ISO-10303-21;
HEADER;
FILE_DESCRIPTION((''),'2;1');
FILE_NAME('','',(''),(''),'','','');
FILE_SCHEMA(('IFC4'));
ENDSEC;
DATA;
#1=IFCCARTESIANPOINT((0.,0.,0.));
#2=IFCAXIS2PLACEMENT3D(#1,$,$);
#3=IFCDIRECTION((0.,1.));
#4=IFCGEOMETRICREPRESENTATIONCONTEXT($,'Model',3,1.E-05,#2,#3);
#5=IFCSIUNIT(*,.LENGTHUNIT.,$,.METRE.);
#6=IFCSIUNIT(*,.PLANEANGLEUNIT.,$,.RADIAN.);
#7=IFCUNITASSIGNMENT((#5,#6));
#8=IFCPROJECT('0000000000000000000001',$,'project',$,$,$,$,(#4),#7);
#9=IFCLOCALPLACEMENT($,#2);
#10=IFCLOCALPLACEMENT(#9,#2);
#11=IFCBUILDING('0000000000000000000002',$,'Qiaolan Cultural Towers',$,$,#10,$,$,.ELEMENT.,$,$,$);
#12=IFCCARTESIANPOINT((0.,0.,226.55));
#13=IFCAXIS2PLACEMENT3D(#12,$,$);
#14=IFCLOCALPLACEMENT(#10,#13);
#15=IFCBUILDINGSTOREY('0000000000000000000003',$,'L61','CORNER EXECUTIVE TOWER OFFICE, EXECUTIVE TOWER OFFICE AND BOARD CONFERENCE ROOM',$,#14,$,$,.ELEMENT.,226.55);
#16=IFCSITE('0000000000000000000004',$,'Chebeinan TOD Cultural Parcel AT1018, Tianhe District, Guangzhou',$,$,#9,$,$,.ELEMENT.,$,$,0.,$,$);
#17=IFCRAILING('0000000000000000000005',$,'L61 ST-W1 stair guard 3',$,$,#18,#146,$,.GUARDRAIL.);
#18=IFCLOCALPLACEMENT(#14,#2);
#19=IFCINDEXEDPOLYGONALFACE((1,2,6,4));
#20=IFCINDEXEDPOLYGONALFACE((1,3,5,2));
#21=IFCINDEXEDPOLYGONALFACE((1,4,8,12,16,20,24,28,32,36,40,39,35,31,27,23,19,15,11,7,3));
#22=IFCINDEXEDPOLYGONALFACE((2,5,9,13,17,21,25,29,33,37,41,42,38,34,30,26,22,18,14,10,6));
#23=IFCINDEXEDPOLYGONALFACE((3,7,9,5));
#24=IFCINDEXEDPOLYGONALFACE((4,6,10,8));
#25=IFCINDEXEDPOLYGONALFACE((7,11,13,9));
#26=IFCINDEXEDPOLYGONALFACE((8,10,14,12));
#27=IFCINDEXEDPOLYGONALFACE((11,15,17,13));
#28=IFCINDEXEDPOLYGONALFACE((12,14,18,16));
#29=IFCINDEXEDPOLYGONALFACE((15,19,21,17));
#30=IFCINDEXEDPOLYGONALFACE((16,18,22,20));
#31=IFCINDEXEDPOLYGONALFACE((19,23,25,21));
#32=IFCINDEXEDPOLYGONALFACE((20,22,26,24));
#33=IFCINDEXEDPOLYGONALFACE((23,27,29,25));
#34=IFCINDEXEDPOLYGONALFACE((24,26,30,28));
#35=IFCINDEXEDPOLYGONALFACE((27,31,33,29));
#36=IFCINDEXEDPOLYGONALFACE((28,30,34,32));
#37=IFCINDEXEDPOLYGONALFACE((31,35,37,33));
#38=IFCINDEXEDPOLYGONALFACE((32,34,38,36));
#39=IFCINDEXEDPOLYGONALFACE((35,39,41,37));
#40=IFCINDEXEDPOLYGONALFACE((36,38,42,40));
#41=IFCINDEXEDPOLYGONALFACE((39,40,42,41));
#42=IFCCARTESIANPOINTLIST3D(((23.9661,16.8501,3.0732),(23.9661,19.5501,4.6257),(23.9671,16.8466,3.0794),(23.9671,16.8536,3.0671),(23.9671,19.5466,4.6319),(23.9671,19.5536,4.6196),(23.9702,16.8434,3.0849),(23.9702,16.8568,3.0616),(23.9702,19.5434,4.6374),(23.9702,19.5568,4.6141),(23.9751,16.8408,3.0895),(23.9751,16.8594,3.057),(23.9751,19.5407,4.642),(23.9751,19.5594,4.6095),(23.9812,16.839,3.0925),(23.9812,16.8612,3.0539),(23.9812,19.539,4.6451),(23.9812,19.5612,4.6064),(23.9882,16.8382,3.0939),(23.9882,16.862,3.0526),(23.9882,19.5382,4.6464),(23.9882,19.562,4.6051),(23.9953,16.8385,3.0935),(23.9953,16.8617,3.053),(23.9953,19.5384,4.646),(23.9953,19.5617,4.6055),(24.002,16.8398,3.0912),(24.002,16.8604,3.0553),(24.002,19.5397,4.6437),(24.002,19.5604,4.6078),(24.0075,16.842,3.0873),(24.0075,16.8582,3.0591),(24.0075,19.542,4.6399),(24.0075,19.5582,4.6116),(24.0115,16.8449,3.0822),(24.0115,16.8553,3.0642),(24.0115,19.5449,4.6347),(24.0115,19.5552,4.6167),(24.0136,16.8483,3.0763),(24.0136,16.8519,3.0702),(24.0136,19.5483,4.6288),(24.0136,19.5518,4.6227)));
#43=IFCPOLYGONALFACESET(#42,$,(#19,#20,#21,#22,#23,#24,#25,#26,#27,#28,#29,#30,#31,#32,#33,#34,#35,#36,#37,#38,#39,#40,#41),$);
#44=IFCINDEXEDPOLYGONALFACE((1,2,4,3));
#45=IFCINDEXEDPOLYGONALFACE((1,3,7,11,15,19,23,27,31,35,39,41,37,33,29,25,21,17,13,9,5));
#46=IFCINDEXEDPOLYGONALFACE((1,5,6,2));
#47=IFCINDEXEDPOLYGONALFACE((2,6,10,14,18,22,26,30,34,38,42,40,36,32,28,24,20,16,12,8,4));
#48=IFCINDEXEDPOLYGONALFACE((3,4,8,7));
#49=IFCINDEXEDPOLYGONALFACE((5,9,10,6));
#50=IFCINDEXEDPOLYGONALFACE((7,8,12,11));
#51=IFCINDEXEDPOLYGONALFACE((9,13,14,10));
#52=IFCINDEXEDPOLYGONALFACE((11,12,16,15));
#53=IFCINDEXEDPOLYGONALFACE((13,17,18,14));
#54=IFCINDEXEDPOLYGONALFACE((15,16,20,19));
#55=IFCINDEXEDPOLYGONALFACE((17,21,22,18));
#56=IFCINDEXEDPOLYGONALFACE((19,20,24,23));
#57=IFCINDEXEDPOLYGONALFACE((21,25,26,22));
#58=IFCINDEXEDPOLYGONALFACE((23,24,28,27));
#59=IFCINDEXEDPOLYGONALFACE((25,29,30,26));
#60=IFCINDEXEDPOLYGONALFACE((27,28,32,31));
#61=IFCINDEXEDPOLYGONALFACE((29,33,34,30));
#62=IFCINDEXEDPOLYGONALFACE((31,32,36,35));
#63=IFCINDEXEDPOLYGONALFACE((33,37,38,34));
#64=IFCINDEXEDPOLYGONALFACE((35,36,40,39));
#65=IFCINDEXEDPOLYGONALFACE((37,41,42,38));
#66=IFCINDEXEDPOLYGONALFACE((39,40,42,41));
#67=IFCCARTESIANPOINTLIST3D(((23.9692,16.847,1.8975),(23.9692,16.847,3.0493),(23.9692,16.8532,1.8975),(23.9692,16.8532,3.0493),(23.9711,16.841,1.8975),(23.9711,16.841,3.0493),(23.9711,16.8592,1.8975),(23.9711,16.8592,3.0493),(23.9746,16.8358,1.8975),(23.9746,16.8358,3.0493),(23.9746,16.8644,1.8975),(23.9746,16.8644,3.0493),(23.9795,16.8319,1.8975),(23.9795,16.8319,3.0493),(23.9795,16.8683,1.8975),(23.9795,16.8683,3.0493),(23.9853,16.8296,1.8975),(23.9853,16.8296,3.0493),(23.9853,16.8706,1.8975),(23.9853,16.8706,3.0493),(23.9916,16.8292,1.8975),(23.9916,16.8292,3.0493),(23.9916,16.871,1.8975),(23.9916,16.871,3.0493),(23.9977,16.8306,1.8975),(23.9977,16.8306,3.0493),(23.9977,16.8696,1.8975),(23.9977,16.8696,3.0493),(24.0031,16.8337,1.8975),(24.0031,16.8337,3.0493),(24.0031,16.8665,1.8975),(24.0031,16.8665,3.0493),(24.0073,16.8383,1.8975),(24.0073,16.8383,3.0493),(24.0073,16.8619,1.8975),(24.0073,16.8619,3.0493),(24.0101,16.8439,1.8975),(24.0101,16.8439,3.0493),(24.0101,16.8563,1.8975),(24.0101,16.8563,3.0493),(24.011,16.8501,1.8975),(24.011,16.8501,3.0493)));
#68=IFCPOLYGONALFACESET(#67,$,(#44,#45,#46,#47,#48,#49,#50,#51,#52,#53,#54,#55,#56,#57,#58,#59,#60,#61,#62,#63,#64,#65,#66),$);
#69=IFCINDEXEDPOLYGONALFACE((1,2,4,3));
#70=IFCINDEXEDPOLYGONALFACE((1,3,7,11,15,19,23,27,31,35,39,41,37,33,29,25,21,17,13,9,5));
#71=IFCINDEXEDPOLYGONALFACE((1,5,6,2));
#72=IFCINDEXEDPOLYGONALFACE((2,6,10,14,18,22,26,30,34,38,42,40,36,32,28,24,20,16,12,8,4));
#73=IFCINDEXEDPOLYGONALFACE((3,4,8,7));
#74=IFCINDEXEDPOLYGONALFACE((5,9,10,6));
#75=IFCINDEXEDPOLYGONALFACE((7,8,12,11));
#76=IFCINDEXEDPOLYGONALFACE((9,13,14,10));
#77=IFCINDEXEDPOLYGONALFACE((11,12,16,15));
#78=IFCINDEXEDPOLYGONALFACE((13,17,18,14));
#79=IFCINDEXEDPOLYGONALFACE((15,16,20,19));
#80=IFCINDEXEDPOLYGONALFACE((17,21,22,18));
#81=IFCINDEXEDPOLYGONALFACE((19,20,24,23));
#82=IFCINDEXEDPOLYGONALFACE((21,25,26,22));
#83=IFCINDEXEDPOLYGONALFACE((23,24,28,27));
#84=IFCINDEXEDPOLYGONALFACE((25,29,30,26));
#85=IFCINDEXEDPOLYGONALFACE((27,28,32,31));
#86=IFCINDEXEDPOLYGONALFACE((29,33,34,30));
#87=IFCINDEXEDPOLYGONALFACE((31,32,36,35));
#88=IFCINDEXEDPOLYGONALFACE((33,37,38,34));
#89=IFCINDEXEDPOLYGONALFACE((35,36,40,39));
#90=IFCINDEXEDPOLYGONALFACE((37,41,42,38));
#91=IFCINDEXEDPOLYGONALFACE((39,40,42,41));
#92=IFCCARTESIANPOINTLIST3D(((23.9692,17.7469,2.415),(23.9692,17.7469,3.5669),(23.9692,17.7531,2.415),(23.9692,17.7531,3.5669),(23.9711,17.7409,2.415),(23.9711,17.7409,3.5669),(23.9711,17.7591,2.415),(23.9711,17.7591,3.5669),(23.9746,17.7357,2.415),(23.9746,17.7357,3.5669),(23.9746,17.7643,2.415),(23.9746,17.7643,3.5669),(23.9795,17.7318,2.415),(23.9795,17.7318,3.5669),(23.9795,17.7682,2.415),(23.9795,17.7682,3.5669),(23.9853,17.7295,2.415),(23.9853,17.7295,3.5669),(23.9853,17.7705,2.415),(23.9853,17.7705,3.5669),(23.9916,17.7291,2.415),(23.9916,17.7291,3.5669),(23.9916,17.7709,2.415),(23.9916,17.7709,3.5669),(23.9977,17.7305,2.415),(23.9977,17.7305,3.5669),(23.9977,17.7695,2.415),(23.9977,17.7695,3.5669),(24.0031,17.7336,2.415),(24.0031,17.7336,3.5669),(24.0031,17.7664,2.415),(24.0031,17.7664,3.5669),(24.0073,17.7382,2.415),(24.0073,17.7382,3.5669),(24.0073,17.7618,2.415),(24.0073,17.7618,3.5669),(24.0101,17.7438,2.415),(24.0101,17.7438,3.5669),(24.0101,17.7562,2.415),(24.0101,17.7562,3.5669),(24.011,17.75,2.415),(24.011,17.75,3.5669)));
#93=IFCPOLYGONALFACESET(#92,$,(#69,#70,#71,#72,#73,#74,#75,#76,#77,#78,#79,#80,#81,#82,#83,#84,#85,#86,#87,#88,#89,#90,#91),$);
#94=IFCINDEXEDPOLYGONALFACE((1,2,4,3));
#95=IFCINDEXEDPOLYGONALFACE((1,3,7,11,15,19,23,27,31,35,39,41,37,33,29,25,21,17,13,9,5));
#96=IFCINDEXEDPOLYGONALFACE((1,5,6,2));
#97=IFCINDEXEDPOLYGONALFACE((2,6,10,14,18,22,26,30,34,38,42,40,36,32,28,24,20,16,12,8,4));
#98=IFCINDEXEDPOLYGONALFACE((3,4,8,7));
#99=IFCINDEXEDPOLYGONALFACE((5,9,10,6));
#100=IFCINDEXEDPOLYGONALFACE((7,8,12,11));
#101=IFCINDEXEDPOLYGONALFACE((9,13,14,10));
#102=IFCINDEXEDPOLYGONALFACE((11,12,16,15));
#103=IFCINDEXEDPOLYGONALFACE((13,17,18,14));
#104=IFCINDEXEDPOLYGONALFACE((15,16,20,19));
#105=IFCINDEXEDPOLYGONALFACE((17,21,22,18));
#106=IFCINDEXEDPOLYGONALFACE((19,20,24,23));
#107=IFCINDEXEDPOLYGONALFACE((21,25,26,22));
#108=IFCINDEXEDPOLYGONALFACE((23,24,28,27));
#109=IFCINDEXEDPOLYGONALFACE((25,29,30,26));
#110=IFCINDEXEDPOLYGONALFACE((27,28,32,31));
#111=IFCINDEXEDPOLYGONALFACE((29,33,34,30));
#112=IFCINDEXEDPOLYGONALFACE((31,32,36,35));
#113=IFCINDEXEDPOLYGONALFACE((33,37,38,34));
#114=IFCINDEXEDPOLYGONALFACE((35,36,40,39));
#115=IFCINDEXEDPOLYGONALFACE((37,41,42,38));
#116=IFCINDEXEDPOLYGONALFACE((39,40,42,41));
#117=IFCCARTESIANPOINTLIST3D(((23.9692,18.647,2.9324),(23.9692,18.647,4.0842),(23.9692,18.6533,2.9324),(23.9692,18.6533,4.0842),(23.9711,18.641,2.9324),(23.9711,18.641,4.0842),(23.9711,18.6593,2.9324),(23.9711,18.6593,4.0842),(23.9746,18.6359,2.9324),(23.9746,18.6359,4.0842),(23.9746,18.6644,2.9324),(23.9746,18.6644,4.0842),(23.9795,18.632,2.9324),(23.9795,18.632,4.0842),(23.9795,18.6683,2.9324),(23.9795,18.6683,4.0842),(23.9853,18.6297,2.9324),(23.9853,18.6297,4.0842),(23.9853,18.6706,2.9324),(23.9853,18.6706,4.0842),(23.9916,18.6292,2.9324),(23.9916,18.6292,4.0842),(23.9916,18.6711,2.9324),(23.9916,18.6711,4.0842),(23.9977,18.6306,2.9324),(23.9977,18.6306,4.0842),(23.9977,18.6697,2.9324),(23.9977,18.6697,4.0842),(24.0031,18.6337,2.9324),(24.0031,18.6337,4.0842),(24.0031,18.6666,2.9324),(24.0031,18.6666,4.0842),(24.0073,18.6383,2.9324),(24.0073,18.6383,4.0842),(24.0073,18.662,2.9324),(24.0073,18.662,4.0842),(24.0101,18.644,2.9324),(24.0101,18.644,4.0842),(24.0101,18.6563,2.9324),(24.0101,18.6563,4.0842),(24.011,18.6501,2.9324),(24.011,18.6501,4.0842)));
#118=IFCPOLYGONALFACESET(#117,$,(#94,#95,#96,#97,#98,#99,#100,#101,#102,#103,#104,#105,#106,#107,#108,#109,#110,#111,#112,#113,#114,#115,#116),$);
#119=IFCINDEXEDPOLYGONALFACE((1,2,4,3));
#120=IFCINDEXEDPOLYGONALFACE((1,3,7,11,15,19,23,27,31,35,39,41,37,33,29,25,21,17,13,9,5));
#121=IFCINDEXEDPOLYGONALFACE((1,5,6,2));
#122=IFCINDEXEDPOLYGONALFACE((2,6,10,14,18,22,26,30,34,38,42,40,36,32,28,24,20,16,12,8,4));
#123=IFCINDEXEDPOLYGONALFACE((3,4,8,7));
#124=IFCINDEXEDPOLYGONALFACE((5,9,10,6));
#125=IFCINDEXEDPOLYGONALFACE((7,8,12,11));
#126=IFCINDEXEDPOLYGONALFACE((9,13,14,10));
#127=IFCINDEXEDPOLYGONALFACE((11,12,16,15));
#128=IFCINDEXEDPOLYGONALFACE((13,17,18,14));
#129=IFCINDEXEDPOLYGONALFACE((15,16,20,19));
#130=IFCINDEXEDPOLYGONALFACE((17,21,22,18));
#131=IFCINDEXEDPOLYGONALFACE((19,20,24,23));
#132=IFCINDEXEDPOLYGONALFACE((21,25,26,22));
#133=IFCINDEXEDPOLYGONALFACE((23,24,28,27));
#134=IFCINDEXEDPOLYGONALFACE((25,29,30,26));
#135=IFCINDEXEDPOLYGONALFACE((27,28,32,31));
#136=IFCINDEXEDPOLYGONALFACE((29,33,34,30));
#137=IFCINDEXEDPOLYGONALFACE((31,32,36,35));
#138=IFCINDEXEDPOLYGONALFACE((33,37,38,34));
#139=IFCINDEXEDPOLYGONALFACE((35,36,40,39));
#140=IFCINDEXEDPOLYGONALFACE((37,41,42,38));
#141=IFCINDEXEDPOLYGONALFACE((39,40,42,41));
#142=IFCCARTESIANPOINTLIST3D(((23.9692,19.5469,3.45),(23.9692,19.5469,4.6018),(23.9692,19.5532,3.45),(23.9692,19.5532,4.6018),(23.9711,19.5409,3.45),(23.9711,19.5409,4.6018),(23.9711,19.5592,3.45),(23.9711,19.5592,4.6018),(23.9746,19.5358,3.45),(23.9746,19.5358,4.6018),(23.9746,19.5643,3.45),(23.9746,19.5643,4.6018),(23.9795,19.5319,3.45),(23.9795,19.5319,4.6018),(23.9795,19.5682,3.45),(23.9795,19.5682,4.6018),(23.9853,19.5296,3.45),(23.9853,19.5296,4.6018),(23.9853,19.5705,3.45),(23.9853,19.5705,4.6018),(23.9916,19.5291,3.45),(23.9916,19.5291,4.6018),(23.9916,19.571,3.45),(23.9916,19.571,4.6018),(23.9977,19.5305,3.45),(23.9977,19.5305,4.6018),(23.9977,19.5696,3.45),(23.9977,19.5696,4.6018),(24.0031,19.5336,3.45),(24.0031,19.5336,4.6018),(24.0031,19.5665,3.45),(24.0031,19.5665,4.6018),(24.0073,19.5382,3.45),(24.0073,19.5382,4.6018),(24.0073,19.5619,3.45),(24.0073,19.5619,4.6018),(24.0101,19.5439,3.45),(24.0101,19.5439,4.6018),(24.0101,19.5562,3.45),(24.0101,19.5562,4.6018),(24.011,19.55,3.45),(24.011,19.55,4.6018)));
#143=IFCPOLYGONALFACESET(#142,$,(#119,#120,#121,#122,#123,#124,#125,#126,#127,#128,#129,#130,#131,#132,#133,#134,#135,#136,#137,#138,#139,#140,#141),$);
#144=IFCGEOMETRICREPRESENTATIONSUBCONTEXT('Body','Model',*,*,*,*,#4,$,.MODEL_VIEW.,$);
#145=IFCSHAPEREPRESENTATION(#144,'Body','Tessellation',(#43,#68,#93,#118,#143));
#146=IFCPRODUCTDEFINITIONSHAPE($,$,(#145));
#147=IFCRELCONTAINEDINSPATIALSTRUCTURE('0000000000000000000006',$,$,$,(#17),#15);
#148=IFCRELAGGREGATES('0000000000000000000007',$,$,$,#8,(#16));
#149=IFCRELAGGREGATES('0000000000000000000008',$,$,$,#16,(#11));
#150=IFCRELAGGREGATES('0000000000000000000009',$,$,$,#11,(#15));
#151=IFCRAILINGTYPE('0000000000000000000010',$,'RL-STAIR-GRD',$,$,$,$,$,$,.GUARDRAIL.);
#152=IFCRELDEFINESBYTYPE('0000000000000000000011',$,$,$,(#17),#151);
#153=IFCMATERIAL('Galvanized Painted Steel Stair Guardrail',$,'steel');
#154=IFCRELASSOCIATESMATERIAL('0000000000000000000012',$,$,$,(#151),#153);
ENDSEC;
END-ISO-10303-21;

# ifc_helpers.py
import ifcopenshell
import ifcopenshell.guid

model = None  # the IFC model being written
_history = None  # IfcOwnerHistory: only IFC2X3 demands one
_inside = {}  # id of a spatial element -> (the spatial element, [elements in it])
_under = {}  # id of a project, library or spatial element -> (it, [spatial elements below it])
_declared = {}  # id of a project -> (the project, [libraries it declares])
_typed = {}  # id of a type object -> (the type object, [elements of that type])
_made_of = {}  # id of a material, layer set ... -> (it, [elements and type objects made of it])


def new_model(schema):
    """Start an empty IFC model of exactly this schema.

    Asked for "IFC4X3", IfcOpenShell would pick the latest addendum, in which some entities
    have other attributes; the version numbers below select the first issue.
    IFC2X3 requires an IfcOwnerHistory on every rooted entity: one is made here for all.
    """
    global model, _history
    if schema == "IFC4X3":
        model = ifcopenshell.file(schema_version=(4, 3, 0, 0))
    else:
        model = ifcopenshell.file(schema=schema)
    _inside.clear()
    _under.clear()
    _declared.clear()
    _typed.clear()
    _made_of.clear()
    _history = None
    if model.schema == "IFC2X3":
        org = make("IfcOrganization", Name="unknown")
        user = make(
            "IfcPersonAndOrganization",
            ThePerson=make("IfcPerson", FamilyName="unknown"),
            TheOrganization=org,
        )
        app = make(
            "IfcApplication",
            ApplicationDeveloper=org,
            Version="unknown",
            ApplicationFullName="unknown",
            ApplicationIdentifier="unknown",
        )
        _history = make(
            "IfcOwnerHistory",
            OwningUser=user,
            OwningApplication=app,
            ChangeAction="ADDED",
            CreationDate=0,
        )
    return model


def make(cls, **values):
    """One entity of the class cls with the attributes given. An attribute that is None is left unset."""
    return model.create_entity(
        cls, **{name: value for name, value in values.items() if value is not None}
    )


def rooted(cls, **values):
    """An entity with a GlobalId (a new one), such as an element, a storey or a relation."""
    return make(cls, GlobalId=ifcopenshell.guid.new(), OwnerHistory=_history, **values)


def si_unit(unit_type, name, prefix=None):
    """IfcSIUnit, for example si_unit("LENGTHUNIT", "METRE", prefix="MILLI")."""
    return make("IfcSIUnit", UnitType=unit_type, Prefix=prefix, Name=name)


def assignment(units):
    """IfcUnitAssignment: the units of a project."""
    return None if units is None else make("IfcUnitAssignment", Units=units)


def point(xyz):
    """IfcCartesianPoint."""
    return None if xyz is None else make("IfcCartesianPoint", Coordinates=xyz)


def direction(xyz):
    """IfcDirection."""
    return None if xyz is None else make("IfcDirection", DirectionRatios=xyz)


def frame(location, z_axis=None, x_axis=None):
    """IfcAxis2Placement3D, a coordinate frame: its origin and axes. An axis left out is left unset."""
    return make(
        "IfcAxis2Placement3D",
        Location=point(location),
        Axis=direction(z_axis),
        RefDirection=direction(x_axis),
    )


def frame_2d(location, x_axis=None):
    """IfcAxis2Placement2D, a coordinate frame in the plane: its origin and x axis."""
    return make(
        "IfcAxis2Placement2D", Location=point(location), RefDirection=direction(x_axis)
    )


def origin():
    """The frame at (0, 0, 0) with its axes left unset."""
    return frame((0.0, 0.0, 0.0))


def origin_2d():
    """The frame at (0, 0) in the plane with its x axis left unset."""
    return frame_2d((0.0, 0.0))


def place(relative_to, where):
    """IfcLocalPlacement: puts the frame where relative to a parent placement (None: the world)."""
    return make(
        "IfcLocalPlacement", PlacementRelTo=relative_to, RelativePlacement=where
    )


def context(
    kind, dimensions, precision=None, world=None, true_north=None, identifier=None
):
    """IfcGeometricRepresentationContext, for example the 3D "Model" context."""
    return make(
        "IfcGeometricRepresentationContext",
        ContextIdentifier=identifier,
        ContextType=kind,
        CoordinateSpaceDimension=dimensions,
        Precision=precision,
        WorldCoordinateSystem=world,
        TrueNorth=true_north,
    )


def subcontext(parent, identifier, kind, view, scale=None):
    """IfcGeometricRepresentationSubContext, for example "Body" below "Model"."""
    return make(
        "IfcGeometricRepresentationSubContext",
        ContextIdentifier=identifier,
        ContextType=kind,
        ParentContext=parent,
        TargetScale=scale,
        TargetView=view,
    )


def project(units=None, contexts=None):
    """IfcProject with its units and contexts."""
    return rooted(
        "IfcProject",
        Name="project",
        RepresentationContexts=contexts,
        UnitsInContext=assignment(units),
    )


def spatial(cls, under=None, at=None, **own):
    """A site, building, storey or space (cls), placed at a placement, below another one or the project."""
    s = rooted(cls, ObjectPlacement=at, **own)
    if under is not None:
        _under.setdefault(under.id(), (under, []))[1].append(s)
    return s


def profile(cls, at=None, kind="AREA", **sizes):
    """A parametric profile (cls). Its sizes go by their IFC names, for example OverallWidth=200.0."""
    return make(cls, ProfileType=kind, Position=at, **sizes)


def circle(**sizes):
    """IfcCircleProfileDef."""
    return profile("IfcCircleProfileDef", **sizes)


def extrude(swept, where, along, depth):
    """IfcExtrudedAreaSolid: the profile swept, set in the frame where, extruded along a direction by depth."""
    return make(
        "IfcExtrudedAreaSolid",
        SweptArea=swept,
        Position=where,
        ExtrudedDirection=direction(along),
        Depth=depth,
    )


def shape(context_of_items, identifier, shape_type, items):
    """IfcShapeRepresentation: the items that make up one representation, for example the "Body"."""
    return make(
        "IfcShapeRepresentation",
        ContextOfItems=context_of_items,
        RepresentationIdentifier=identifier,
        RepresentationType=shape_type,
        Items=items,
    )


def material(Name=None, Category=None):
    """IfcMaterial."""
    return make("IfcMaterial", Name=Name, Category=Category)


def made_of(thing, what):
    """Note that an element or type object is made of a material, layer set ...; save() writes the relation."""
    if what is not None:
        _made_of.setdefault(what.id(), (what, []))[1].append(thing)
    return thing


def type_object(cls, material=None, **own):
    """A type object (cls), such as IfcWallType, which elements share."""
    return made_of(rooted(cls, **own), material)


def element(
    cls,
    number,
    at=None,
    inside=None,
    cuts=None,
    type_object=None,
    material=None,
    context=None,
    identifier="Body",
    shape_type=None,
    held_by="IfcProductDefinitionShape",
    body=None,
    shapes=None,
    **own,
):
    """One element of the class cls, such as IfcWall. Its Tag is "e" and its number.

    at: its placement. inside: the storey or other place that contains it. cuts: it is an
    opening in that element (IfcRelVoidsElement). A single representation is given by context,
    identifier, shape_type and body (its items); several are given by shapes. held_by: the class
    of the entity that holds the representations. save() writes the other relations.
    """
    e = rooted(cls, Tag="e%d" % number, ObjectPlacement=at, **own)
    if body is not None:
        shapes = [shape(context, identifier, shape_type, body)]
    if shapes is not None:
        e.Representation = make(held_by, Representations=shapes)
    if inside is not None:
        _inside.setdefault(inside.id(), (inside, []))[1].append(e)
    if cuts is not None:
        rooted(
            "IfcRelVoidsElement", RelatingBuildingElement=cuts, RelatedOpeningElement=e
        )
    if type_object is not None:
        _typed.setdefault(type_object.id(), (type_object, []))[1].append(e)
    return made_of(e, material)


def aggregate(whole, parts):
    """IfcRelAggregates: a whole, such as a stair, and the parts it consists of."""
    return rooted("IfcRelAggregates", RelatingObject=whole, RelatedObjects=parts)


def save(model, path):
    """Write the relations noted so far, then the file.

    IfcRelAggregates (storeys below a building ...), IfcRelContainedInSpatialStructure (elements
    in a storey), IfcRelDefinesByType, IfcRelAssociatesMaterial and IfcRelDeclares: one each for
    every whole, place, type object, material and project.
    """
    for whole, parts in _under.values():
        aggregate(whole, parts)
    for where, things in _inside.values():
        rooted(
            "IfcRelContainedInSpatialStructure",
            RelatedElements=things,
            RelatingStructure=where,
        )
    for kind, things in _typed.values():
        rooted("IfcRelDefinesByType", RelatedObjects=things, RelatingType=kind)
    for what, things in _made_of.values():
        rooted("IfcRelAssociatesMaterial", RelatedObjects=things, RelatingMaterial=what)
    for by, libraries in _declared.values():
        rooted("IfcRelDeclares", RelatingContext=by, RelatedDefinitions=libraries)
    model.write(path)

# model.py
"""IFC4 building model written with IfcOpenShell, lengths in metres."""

from ifc_helpers import new_model, si_unit, direction, frame, origin, origin_2d, place, context, subcontext, project, spatial, circle, extrude, material, type_object, element, save


model = new_model("IFC4")

# Units and contexts
model_context = context("Model", 3, precision=1e-05, world=origin(), true_north=direction((0.0, 1.0)))
body_context = subcontext(model_context, "Body", "Model", "MODEL_VIEW")
ifc_project = project(units=[si_unit("LENGTHUNIT", "METRE"), si_unit("PLANEANGLEUNIT", "RADIAN")], contexts=[model_context])

# Site, building, storey
site_placement = place(None, origin())
site = spatial("IfcSite", under=ifc_project, at=site_placement, Name="Chebeinan TOD Cultural Parcel AT1018, Tianhe District, Guangzhou", CompositionType="ELEMENT", RefElevation=0.0)
building_placement = place(site_placement, origin())
building = spatial("IfcBuilding", under=site, at=building_placement, Name="Qiaolan Cultural Towers", CompositionType="ELEMENT")
storey_placement = place(building_placement, frame((0.0, 0.0, 226.55)))
storey = spatial("IfcBuildingStorey", under=building, at=storey_placement, Name="L61", Description="CORNER EXECUTIVE TOWER OFFICE, EXECUTIVE TOWER OFFICE AND BOARD CONFERENCE ROOM", CompositionType="ELEMENT", Elevation=226.55)

# Railing
ifc_material_1 = material(Name="Galvanized Painted Steel Stair Guardrail", Category="steel")
railing_type_1 = type_object("IfcRailingType", Name="RL-STAIR-GRD", PredefinedType="GUARDRAIL", material=ifc_material_1)
railing_1_placement = place(storey_placement, frame((23.99, 16.8501, 1.8975)))
element("IfcRailing", 1, at=railing_1_placement, inside=storey, type_object=railing_type_1, Name="L61 ST-W1 stair guard 3", PredefinedType="GUARDRAIL", context=body_context, shape_type="SweptSolid", body=[
    extrude(circle(Radius=0.0239, at=origin_2d()), frame((0.0, 0.0, 1.1758), z_axis=(0.0, 0.866904, 0.498476), x_axis=(-1.0, 0.0, 0.0)), (0.0, 0.0, 1.0), 3.1145),
    extrude(circle(Radius=0.021, at=origin_2d()), origin(), (0.0, 0.0, 1.0), 1.1519),
    extrude(circle(Radius=0.021, at=origin_2d()), frame((0.0, 0.8999, 0.5176)), (0.0, 0.0, 1.0), 1.1519),
    extrude(circle(Radius=0.021, at=origin_2d()), frame((0.0, 1.8, 1.0349)), (0.0, 0.0, 1.0), 1.1519),
    extrude(circle(Radius=0.021, at=origin_2d()), frame((0.0, 2.7, 1.5525)), (0.0, 0.0, 1.0), 1.1519),
])

save(model, "model.ifc")
